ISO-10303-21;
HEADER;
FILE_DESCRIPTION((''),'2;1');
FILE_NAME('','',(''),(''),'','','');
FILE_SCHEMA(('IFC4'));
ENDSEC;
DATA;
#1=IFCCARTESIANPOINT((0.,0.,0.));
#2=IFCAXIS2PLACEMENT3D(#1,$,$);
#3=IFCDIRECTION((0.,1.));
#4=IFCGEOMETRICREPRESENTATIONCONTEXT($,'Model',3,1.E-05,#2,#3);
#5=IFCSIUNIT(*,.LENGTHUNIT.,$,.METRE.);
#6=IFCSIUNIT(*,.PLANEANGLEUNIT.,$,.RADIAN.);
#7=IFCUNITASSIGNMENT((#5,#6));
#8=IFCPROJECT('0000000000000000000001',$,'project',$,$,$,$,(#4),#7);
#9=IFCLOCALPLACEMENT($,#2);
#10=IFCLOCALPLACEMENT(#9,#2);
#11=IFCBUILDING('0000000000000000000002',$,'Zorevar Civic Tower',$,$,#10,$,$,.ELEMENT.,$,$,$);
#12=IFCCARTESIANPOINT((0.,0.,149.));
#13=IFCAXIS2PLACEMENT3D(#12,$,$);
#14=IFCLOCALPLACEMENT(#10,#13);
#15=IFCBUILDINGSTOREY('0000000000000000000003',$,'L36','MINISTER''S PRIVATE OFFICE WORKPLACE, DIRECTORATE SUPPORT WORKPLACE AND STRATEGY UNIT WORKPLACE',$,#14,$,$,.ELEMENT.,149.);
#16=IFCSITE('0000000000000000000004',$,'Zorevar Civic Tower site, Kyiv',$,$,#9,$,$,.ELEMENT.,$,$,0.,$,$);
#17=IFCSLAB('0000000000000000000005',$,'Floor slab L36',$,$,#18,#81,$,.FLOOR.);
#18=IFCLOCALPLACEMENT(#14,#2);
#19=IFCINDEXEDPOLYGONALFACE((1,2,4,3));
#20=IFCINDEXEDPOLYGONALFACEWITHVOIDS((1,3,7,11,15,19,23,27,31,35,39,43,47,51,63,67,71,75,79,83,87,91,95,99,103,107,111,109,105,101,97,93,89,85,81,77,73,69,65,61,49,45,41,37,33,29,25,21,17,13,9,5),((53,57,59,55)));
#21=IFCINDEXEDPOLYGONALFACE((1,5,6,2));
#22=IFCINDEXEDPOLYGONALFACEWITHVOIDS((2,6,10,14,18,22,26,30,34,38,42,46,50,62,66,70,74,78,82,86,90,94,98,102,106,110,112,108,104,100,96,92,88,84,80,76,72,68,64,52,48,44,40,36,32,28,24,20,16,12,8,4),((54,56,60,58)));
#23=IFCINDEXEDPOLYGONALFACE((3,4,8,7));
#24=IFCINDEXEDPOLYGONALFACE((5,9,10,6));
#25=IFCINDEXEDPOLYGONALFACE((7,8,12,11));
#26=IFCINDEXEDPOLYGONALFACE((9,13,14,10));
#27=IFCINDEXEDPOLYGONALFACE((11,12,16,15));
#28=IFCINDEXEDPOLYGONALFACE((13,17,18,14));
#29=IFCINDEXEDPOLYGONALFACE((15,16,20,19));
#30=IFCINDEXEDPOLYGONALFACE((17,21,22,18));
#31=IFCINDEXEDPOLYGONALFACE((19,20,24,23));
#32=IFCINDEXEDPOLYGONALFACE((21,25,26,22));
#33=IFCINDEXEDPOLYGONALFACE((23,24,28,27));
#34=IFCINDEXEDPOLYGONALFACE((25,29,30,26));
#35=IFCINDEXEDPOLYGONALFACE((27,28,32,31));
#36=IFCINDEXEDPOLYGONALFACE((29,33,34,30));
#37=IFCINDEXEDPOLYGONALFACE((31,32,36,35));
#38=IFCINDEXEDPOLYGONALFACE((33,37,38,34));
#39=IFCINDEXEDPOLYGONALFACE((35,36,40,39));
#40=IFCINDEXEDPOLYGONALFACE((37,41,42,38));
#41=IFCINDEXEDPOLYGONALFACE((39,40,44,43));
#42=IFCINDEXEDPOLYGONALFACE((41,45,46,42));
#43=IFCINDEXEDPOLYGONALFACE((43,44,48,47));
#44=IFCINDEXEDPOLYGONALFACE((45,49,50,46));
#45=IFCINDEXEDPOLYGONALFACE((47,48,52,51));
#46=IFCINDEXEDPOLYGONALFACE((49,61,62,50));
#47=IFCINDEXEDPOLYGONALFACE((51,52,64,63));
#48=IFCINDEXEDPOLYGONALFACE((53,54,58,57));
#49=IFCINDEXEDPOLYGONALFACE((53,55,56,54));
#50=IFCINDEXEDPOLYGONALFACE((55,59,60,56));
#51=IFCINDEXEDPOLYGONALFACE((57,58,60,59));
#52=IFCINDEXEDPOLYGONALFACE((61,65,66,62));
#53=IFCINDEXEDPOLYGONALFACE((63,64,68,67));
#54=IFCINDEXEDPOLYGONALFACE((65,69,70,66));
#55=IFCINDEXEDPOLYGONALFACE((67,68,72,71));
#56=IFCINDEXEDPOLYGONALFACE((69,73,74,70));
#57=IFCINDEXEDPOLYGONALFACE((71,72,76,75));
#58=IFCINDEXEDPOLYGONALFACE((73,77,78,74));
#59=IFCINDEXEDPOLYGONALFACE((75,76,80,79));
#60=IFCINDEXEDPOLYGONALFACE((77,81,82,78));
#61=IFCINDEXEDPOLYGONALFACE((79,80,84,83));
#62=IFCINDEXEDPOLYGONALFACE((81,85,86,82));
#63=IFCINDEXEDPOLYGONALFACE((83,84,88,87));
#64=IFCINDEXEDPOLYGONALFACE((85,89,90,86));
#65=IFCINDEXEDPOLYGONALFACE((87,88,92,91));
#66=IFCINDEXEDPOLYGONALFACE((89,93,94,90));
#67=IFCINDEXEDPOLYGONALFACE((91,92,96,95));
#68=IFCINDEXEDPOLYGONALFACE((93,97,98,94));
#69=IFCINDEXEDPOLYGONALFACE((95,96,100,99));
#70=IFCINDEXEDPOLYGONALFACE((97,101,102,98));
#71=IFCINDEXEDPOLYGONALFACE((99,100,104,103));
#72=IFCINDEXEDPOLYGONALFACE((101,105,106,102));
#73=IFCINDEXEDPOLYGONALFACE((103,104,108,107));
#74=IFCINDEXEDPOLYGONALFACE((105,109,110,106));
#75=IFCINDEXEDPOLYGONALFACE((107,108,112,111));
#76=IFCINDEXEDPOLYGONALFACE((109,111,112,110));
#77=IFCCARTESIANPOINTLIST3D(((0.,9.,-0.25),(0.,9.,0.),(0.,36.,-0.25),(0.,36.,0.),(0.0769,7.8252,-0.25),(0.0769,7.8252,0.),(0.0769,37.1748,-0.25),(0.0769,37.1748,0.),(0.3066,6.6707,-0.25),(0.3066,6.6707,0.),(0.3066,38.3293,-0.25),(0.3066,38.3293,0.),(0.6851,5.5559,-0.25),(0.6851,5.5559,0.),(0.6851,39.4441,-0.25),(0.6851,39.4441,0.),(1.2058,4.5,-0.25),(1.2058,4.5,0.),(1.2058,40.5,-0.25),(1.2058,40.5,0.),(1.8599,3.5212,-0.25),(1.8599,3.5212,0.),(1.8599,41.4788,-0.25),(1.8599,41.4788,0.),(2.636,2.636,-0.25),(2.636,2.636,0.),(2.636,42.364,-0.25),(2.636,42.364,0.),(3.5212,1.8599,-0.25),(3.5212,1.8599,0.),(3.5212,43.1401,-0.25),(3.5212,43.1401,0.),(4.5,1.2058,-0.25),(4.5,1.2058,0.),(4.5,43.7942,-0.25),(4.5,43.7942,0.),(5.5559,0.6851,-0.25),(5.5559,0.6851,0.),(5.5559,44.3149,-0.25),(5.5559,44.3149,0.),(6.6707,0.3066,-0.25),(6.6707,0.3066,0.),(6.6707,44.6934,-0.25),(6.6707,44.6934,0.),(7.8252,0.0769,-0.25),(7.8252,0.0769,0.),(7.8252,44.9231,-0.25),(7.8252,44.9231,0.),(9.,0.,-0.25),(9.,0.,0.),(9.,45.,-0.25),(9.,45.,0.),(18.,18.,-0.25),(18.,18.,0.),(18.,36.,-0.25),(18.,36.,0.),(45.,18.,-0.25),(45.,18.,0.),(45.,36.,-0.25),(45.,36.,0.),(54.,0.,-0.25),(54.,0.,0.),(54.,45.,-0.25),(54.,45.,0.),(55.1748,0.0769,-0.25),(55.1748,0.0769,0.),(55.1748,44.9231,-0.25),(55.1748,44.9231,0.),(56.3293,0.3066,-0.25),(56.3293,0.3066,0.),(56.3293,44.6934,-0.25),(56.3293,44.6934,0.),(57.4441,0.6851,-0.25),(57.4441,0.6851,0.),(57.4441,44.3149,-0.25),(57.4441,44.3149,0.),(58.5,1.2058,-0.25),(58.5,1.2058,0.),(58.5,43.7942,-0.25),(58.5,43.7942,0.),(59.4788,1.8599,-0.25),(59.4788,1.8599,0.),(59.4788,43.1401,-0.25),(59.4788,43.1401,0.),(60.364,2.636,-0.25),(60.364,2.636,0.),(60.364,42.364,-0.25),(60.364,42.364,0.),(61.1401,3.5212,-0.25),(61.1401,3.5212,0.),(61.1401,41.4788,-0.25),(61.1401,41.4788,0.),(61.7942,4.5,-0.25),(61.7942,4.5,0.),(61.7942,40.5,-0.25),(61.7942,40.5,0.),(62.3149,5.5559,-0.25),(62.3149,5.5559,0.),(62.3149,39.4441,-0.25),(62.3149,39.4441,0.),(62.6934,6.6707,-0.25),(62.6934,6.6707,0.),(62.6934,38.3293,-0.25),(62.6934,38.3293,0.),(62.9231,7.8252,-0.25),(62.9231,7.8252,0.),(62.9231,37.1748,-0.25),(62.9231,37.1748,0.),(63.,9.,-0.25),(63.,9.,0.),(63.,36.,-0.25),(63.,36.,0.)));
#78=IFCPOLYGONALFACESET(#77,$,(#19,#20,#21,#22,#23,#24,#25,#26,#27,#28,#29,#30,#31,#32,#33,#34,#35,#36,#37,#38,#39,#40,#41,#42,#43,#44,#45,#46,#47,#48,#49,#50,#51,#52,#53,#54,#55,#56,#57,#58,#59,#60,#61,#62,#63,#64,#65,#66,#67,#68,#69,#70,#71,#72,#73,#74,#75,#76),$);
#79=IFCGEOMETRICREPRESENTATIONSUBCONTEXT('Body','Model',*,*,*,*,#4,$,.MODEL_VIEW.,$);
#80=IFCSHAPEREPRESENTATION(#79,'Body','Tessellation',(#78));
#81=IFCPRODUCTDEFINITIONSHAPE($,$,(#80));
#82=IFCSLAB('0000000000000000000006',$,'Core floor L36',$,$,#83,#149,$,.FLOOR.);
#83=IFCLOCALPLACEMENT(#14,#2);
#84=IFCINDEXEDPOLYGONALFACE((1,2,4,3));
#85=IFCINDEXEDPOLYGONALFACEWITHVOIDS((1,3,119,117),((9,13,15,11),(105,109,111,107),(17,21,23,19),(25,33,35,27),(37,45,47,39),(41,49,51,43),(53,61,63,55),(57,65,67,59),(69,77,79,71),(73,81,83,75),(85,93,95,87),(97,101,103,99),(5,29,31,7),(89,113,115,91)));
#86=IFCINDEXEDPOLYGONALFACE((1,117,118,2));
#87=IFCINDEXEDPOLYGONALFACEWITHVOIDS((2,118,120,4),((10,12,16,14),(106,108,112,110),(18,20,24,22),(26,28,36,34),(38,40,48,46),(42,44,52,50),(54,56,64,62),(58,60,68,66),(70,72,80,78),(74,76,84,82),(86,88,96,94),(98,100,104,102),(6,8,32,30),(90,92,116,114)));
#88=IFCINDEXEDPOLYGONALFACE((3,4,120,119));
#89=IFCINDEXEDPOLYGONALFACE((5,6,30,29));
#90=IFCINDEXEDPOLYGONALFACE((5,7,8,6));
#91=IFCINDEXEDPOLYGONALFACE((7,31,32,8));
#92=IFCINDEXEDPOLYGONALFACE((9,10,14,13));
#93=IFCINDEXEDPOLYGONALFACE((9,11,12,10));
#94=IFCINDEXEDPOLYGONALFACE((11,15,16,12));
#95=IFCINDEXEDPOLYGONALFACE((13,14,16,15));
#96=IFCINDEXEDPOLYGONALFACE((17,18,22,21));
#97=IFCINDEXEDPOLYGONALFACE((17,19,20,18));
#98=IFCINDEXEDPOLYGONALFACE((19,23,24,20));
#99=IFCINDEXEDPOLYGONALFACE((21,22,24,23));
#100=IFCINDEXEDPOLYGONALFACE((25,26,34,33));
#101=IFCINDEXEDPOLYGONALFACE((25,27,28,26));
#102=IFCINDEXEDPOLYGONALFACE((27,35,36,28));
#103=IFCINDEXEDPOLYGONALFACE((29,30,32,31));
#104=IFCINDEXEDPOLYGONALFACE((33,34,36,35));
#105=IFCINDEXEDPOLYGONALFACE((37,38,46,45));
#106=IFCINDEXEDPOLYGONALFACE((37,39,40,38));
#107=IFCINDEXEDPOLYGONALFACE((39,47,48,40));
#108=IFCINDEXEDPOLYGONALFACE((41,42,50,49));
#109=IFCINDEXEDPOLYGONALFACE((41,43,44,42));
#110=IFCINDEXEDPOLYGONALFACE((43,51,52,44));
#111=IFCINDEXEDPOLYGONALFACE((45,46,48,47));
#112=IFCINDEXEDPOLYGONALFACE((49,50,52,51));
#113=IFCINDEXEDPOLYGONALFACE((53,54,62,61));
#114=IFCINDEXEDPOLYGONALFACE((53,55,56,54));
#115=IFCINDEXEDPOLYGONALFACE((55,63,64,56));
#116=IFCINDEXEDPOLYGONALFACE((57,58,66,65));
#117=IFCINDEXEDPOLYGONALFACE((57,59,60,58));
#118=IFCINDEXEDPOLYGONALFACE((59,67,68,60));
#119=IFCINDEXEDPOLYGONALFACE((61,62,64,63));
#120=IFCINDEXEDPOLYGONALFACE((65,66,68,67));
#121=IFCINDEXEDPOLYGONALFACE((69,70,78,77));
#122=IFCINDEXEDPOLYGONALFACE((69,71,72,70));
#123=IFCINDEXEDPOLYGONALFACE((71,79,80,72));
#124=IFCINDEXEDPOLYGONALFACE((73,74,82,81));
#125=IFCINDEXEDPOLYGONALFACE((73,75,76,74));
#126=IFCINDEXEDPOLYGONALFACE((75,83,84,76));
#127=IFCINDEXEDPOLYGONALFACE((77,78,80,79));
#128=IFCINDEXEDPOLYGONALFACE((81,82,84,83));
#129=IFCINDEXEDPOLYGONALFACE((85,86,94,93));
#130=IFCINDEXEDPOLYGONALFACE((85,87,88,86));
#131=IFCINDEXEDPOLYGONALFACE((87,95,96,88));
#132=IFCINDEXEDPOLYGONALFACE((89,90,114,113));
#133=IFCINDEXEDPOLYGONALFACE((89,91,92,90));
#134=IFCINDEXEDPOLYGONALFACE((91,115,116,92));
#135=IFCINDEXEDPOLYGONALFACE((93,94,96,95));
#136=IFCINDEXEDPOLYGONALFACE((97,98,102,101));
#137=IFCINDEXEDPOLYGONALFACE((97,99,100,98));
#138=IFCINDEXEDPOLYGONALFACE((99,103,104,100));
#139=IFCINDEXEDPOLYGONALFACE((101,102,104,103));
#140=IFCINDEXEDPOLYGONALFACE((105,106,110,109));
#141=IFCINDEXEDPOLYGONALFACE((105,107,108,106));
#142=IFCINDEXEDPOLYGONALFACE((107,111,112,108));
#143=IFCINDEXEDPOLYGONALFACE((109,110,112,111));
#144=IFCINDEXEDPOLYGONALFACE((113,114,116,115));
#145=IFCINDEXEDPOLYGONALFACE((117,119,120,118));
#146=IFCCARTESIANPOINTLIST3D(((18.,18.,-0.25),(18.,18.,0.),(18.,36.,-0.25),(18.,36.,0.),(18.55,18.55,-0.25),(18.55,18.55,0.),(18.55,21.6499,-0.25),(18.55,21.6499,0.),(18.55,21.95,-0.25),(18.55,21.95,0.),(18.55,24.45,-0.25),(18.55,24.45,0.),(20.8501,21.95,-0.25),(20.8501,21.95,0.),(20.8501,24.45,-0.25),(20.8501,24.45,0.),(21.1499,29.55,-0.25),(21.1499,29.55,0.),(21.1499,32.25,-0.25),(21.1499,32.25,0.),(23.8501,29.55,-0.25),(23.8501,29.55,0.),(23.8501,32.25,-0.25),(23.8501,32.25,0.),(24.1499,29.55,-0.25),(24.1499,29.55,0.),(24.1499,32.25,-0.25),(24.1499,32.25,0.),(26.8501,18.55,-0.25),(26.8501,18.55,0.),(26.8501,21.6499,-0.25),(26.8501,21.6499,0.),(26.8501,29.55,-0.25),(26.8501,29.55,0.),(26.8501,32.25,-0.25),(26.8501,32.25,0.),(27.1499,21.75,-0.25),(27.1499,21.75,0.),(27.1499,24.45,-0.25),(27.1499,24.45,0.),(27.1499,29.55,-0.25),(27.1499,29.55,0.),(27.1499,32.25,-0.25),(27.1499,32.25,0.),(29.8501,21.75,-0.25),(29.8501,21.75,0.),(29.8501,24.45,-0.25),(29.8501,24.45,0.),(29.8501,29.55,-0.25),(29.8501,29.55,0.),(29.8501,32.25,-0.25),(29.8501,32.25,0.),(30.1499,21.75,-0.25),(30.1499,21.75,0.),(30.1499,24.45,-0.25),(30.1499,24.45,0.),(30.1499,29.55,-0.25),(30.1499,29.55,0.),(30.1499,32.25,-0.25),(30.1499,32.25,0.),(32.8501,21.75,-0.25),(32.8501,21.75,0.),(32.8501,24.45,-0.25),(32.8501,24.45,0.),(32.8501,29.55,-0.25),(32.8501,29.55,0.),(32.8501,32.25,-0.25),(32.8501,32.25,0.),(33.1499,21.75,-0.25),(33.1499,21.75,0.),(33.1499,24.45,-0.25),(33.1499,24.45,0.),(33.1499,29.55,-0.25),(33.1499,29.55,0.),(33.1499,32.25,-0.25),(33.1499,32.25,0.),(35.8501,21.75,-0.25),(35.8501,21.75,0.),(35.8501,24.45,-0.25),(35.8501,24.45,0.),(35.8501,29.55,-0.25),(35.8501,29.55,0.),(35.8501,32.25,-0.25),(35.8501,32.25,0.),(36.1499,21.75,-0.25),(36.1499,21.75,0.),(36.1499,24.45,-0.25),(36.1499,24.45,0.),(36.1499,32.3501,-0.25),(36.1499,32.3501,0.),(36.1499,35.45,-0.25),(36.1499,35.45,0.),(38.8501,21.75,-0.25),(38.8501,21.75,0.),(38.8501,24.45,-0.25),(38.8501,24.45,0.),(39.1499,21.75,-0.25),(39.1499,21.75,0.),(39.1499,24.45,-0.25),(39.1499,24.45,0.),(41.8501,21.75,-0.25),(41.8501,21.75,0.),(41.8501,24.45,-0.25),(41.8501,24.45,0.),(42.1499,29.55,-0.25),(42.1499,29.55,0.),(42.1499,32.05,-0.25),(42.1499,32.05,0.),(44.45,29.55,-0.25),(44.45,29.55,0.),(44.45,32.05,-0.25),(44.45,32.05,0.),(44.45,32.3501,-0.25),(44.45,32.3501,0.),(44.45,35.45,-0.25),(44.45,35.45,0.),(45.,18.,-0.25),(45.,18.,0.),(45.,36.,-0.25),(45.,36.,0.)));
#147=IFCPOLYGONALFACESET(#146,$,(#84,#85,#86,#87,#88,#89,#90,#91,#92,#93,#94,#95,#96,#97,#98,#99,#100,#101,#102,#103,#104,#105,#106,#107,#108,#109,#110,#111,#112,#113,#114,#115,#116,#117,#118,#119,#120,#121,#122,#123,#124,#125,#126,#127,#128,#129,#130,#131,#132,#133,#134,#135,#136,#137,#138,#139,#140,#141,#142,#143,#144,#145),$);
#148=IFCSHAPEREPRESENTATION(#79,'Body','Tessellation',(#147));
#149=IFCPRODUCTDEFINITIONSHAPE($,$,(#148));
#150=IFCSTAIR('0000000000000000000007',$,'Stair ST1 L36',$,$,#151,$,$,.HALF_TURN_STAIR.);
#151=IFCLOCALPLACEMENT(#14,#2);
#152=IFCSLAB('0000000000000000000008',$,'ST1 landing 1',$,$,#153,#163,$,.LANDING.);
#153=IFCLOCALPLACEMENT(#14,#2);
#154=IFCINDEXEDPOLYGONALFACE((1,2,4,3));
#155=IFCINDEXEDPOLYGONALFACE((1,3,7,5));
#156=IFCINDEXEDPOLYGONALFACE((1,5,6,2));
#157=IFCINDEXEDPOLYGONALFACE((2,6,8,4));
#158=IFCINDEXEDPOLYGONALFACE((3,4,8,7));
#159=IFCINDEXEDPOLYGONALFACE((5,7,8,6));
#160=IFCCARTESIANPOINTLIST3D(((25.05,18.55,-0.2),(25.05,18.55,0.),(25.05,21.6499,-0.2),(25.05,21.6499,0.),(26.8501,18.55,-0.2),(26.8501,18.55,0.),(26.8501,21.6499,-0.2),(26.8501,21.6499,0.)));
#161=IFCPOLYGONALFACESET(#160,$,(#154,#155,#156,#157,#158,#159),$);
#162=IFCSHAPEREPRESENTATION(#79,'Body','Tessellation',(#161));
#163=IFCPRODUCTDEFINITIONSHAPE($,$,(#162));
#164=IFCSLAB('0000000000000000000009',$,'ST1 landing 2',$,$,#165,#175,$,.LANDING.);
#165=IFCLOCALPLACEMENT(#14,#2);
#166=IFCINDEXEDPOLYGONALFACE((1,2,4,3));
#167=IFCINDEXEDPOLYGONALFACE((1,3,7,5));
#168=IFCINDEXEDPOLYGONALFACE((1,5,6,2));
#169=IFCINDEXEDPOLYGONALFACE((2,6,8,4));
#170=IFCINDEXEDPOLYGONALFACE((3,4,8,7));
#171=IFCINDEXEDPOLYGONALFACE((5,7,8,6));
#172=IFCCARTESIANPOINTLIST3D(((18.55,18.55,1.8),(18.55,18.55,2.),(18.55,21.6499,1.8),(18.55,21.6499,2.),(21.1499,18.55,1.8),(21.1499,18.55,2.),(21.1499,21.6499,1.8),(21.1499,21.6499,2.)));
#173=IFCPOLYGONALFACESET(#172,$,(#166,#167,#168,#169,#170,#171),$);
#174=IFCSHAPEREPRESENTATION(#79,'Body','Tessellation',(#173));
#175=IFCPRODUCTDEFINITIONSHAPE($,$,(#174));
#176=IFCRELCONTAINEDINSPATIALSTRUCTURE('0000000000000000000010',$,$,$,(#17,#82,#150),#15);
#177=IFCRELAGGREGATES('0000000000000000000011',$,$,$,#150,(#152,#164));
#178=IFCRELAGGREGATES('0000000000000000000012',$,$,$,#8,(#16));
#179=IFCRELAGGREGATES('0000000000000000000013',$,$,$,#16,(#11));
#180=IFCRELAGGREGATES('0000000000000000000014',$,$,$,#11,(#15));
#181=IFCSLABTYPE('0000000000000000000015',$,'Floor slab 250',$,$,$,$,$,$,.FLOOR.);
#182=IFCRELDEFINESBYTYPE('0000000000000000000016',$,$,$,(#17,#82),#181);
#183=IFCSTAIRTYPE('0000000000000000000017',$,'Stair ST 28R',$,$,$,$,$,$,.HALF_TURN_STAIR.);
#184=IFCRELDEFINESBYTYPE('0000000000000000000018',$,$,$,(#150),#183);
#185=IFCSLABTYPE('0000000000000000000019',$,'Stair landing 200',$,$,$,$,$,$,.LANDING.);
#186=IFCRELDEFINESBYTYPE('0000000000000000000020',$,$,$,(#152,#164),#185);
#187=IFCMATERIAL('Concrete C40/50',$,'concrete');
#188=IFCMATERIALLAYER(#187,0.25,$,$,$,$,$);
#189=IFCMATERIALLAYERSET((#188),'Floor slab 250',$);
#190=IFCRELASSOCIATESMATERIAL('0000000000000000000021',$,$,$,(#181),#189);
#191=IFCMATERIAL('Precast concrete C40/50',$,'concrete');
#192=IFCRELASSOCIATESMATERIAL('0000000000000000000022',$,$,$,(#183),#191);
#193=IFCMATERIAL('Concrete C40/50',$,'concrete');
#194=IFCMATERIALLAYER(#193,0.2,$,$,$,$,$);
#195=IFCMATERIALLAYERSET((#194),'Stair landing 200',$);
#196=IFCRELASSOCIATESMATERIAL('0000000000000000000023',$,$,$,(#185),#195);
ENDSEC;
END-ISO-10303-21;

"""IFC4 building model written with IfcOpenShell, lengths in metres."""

from ifc_helpers import new_model, si_unit, direction, frame, origin, place, context, subcontext, project, spatial, polyline, outline, extrude, material, layer, layer_set, type_object, element, aggregate, save


model = new_model("IFC4")

# Units and contexts
model_context = context("Model", 3, precision=1e-05, world=origin(), true_north=direction((0.0, 1.0)))
body_context = subcontext(model_context, "Body", "Model", "MODEL_VIEW")
ifc_project = project(units=[si_unit("LENGTHUNIT", "METRE"), si_unit("PLANEANGLEUNIT", "RADIAN")], contexts=[model_context])

# Site, building, storey
site_placement = place(None, origin())
site = spatial("IfcSite", under=ifc_project, at=site_placement, Name="Zorevar Civic Tower site, Kyiv", CompositionType="ELEMENT", RefElevation=0.0)
building_placement = place(site_placement, origin())
building = spatial("IfcBuilding", under=site, at=building_placement, Name="Zorevar Civic Tower", CompositionType="ELEMENT")
storey_placement = place(building_placement, frame((0.0, 0.0, 149.0)))
storey = spatial("IfcBuildingStorey", under=building, at=storey_placement, Name="L36", Description="MINISTER'S PRIVATE OFFICE WORKPLACE, DIRECTORATE SUPPORT WORKPLACE AND STRATEGY UNIT WORKPLACE", CompositionType="ELEMENT", Elevation=149.0)

# Slabs
ifc_material_1 = material(Name="Concrete C40/50", Category="concrete")
ifc_layer_1 = layer(ifc_material_1, 0.25)
ifc_layer_set_1 = layer_set([ifc_layer_1], Name="Floor slab 250")
slab_type_1 = type_object("IfcSlabType", Name="Floor slab 250", PredefinedType="FLOOR", material=ifc_layer_set_1)
slab_1_placement = place(storey_placement, frame((0.0, 0.0, -0.25)))
element("IfcSlab", 1, at=slab_1_placement, inside=storey, type_object=slab_type_1, Name="Floor slab L36", PredefinedType="FLOOR", context=body_context, shape_type="SweptSolid", body=[
    extrude(outline(polyline([(54.0, 0.0), (55.1748, 0.0769), (56.3293, 0.3066), (57.4441, 0.6851), (58.5, 1.2058), (59.4788, 1.8599), (60.364, 2.636), (61.1401, 3.5212), (61.7942, 4.5), (62.3149, 5.5559), (62.6934, 6.6707), (62.9231, 7.8252), (63.0, 9.0), (63.0, 36.0), (62.9231, 37.1748), (62.6934, 38.3293), (62.3149, 39.4441), (61.7942, 40.5), (61.1401, 41.4788), (60.364, 42.364), (59.4788, 43.1401), (58.5, 43.7942), (57.4441, 44.3149), (56.3293, 44.6934), (55.1748, 44.9231), (54.0, 45.0), (9.0, 45.0), (7.8252, 44.9231), (6.6707, 44.6934), (5.5559, 44.3149), (4.5, 43.7942), (3.5212, 43.1401), (2.636, 42.364), (1.8599, 41.4788), (1.2058, 40.5), (0.6851, 39.4441), (0.3066, 38.3293), (0.0769, 37.1748), (0.0, 36.0), (0.0, 9.0), (0.0769, 7.8252), (0.3066, 6.6707), (0.6851, 5.5559), (1.2058, 4.5), (1.8599, 3.5212), (2.636, 2.636), (3.5212, 1.8599), (4.5, 1.2058), (5.5559, 0.6851), (6.6707, 0.3066), (7.8252, 0.0769), (9.0, 0.0), (54.0, 0.0)]), holes=[polyline([(18.0, 18.0), (45.0, 18.0), (45.0, 36.0), (18.0, 36.0), (18.0, 18.0)])]), origin(), (0.0, 0.0, 1.0), 0.25),
])
slab_2_placement = place(storey_placement, frame((0.0, 0.0, -0.25)))
element("IfcSlab", 2, at=slab_2_placement, inside=storey, type_object=slab_type_1, Name="Core floor L36", PredefinedType="FLOOR", context=body_context, shape_type="SweptSolid", body=[
    extrude(outline(polyline([(18.0, 18.0), (45.0, 18.0), (45.0, 36.0), (18.0, 36.0), (18.0, 18.0)]), holes=[polyline([(18.55, 18.55), (26.8501, 18.55), (26.8501, 21.6499), (18.55, 21.6499), (18.55, 18.55)]), polyline([(36.1499, 32.3501), (44.45, 32.3501), (44.45, 35.45), (36.1499, 35.45), (36.1499, 32.3501)]), polyline([(18.55, 21.95), (20.8501, 21.95), (20.8501, 24.45), (18.55, 24.45), (18.55, 21.95)]), polyline([(42.1499, 29.55), (44.45, 29.55), (44.45, 32.05), (42.1499, 32.05), (42.1499, 29.55)]), polyline([(27.1499, 21.75), (29.8501, 21.75), (29.8501, 24.45), (27.1499, 24.45), (27.1499, 21.75)]), polyline([(33.1499, 29.55), (35.8501, 29.55), (35.8501, 32.25), (33.1499, 32.25), (33.1499, 29.55)]), polyline([(30.1499, 21.75), (32.8501, 21.75), (32.8501, 24.45), (30.1499, 24.45), (30.1499, 21.75)]), polyline([(30.1499, 29.55), (32.8501, 29.55), (32.8501, 32.25), (30.1499, 32.25), (30.1499, 29.55)]), polyline([(33.1499, 21.75), (35.8501, 21.75), (35.8501, 24.45), (33.1499, 24.45), (33.1499, 21.75)]), polyline([(27.1499, 29.55), (29.8501, 29.55), (29.8501, 32.25), (27.1499, 32.25), (27.1499, 29.55)]), polyline([(36.1499, 21.75), (38.8501, 21.75), (38.8501, 24.45), (36.1499, 24.45), (36.1499, 21.75)]), polyline([(24.1499, 29.55), (26.8501, 29.55), (26.8501, 32.25), (24.1499, 32.25), (24.1499, 29.55)]), polyline([(39.1499, 21.75), (41.8501, 21.75), (41.8501, 24.45), (39.1499, 24.45), (39.1499, 21.75)]), polyline([(21.1499, 29.55), (23.8501, 29.55), (23.8501, 32.25), (21.1499, 32.25), (21.1499, 29.55)])]), origin(), (0.0, 0.0, 1.0), 0.25),
])

# Stair, slabs
ifc_material_2 = material(Name="Precast concrete C40/50", Category="concrete")
stair_type = type_object("IfcStairType", Name="Stair ST 28R", PredefinedType="HALF_TURN_STAIR", material=ifc_material_2)
stair_1_placement = place(storey_placement, origin())
stair_1 = element("IfcStair", 3, at=stair_1_placement, inside=storey, type_object=stair_type, Name="Stair ST1 L36", PredefinedType="HALF_TURN_STAIR")
ifc_material_3 = material(Name="Concrete C40/50", Category="concrete")
ifc_layer_2 = layer(ifc_material_3, 0.2)
ifc_layer_set_2 = layer_set([ifc_layer_2], Name="Stair landing 200")
slab_type_2 = type_object("IfcSlabType", Name="Stair landing 200", PredefinedType="LANDING", material=ifc_layer_set_2)
slab_3_placement = place(storey_placement, frame((0.0, 0.0, -0.2)))
slab_3 = element("IfcSlab", 4, at=slab_3_placement, type_object=slab_type_2, Name="ST1 landing 1", PredefinedType="LANDING", context=body_context, shape_type="SweptSolid", body=[
    extrude(outline(polyline([(25.05, 18.55), (26.8501, 18.55), (26.8501, 21.6499), (25.05, 21.6499), (25.05, 18.55)])), origin(), (0.0, 0.0, 1.0), 0.2),
])
slab_4_placement = place(storey_placement, frame((0.0, 0.0, 1.8)))
slab_4 = element("IfcSlab", 5, at=slab_4_placement, type_object=slab_type_2, Name="ST1 landing 2", PredefinedType="LANDING", context=body_context, shape_type="SweptSolid", body=[
    extrude(outline(polyline([(18.55, 18.55), (21.1499, 18.55), (21.1499, 21.6499), (18.55, 21.6499), (18.55, 18.55)])), origin(), (0.0, 0.0, 1.0), 0.2),
])
aggregate(stair_1, [slab_3, slab_4])

save(model, "model.ifc")
